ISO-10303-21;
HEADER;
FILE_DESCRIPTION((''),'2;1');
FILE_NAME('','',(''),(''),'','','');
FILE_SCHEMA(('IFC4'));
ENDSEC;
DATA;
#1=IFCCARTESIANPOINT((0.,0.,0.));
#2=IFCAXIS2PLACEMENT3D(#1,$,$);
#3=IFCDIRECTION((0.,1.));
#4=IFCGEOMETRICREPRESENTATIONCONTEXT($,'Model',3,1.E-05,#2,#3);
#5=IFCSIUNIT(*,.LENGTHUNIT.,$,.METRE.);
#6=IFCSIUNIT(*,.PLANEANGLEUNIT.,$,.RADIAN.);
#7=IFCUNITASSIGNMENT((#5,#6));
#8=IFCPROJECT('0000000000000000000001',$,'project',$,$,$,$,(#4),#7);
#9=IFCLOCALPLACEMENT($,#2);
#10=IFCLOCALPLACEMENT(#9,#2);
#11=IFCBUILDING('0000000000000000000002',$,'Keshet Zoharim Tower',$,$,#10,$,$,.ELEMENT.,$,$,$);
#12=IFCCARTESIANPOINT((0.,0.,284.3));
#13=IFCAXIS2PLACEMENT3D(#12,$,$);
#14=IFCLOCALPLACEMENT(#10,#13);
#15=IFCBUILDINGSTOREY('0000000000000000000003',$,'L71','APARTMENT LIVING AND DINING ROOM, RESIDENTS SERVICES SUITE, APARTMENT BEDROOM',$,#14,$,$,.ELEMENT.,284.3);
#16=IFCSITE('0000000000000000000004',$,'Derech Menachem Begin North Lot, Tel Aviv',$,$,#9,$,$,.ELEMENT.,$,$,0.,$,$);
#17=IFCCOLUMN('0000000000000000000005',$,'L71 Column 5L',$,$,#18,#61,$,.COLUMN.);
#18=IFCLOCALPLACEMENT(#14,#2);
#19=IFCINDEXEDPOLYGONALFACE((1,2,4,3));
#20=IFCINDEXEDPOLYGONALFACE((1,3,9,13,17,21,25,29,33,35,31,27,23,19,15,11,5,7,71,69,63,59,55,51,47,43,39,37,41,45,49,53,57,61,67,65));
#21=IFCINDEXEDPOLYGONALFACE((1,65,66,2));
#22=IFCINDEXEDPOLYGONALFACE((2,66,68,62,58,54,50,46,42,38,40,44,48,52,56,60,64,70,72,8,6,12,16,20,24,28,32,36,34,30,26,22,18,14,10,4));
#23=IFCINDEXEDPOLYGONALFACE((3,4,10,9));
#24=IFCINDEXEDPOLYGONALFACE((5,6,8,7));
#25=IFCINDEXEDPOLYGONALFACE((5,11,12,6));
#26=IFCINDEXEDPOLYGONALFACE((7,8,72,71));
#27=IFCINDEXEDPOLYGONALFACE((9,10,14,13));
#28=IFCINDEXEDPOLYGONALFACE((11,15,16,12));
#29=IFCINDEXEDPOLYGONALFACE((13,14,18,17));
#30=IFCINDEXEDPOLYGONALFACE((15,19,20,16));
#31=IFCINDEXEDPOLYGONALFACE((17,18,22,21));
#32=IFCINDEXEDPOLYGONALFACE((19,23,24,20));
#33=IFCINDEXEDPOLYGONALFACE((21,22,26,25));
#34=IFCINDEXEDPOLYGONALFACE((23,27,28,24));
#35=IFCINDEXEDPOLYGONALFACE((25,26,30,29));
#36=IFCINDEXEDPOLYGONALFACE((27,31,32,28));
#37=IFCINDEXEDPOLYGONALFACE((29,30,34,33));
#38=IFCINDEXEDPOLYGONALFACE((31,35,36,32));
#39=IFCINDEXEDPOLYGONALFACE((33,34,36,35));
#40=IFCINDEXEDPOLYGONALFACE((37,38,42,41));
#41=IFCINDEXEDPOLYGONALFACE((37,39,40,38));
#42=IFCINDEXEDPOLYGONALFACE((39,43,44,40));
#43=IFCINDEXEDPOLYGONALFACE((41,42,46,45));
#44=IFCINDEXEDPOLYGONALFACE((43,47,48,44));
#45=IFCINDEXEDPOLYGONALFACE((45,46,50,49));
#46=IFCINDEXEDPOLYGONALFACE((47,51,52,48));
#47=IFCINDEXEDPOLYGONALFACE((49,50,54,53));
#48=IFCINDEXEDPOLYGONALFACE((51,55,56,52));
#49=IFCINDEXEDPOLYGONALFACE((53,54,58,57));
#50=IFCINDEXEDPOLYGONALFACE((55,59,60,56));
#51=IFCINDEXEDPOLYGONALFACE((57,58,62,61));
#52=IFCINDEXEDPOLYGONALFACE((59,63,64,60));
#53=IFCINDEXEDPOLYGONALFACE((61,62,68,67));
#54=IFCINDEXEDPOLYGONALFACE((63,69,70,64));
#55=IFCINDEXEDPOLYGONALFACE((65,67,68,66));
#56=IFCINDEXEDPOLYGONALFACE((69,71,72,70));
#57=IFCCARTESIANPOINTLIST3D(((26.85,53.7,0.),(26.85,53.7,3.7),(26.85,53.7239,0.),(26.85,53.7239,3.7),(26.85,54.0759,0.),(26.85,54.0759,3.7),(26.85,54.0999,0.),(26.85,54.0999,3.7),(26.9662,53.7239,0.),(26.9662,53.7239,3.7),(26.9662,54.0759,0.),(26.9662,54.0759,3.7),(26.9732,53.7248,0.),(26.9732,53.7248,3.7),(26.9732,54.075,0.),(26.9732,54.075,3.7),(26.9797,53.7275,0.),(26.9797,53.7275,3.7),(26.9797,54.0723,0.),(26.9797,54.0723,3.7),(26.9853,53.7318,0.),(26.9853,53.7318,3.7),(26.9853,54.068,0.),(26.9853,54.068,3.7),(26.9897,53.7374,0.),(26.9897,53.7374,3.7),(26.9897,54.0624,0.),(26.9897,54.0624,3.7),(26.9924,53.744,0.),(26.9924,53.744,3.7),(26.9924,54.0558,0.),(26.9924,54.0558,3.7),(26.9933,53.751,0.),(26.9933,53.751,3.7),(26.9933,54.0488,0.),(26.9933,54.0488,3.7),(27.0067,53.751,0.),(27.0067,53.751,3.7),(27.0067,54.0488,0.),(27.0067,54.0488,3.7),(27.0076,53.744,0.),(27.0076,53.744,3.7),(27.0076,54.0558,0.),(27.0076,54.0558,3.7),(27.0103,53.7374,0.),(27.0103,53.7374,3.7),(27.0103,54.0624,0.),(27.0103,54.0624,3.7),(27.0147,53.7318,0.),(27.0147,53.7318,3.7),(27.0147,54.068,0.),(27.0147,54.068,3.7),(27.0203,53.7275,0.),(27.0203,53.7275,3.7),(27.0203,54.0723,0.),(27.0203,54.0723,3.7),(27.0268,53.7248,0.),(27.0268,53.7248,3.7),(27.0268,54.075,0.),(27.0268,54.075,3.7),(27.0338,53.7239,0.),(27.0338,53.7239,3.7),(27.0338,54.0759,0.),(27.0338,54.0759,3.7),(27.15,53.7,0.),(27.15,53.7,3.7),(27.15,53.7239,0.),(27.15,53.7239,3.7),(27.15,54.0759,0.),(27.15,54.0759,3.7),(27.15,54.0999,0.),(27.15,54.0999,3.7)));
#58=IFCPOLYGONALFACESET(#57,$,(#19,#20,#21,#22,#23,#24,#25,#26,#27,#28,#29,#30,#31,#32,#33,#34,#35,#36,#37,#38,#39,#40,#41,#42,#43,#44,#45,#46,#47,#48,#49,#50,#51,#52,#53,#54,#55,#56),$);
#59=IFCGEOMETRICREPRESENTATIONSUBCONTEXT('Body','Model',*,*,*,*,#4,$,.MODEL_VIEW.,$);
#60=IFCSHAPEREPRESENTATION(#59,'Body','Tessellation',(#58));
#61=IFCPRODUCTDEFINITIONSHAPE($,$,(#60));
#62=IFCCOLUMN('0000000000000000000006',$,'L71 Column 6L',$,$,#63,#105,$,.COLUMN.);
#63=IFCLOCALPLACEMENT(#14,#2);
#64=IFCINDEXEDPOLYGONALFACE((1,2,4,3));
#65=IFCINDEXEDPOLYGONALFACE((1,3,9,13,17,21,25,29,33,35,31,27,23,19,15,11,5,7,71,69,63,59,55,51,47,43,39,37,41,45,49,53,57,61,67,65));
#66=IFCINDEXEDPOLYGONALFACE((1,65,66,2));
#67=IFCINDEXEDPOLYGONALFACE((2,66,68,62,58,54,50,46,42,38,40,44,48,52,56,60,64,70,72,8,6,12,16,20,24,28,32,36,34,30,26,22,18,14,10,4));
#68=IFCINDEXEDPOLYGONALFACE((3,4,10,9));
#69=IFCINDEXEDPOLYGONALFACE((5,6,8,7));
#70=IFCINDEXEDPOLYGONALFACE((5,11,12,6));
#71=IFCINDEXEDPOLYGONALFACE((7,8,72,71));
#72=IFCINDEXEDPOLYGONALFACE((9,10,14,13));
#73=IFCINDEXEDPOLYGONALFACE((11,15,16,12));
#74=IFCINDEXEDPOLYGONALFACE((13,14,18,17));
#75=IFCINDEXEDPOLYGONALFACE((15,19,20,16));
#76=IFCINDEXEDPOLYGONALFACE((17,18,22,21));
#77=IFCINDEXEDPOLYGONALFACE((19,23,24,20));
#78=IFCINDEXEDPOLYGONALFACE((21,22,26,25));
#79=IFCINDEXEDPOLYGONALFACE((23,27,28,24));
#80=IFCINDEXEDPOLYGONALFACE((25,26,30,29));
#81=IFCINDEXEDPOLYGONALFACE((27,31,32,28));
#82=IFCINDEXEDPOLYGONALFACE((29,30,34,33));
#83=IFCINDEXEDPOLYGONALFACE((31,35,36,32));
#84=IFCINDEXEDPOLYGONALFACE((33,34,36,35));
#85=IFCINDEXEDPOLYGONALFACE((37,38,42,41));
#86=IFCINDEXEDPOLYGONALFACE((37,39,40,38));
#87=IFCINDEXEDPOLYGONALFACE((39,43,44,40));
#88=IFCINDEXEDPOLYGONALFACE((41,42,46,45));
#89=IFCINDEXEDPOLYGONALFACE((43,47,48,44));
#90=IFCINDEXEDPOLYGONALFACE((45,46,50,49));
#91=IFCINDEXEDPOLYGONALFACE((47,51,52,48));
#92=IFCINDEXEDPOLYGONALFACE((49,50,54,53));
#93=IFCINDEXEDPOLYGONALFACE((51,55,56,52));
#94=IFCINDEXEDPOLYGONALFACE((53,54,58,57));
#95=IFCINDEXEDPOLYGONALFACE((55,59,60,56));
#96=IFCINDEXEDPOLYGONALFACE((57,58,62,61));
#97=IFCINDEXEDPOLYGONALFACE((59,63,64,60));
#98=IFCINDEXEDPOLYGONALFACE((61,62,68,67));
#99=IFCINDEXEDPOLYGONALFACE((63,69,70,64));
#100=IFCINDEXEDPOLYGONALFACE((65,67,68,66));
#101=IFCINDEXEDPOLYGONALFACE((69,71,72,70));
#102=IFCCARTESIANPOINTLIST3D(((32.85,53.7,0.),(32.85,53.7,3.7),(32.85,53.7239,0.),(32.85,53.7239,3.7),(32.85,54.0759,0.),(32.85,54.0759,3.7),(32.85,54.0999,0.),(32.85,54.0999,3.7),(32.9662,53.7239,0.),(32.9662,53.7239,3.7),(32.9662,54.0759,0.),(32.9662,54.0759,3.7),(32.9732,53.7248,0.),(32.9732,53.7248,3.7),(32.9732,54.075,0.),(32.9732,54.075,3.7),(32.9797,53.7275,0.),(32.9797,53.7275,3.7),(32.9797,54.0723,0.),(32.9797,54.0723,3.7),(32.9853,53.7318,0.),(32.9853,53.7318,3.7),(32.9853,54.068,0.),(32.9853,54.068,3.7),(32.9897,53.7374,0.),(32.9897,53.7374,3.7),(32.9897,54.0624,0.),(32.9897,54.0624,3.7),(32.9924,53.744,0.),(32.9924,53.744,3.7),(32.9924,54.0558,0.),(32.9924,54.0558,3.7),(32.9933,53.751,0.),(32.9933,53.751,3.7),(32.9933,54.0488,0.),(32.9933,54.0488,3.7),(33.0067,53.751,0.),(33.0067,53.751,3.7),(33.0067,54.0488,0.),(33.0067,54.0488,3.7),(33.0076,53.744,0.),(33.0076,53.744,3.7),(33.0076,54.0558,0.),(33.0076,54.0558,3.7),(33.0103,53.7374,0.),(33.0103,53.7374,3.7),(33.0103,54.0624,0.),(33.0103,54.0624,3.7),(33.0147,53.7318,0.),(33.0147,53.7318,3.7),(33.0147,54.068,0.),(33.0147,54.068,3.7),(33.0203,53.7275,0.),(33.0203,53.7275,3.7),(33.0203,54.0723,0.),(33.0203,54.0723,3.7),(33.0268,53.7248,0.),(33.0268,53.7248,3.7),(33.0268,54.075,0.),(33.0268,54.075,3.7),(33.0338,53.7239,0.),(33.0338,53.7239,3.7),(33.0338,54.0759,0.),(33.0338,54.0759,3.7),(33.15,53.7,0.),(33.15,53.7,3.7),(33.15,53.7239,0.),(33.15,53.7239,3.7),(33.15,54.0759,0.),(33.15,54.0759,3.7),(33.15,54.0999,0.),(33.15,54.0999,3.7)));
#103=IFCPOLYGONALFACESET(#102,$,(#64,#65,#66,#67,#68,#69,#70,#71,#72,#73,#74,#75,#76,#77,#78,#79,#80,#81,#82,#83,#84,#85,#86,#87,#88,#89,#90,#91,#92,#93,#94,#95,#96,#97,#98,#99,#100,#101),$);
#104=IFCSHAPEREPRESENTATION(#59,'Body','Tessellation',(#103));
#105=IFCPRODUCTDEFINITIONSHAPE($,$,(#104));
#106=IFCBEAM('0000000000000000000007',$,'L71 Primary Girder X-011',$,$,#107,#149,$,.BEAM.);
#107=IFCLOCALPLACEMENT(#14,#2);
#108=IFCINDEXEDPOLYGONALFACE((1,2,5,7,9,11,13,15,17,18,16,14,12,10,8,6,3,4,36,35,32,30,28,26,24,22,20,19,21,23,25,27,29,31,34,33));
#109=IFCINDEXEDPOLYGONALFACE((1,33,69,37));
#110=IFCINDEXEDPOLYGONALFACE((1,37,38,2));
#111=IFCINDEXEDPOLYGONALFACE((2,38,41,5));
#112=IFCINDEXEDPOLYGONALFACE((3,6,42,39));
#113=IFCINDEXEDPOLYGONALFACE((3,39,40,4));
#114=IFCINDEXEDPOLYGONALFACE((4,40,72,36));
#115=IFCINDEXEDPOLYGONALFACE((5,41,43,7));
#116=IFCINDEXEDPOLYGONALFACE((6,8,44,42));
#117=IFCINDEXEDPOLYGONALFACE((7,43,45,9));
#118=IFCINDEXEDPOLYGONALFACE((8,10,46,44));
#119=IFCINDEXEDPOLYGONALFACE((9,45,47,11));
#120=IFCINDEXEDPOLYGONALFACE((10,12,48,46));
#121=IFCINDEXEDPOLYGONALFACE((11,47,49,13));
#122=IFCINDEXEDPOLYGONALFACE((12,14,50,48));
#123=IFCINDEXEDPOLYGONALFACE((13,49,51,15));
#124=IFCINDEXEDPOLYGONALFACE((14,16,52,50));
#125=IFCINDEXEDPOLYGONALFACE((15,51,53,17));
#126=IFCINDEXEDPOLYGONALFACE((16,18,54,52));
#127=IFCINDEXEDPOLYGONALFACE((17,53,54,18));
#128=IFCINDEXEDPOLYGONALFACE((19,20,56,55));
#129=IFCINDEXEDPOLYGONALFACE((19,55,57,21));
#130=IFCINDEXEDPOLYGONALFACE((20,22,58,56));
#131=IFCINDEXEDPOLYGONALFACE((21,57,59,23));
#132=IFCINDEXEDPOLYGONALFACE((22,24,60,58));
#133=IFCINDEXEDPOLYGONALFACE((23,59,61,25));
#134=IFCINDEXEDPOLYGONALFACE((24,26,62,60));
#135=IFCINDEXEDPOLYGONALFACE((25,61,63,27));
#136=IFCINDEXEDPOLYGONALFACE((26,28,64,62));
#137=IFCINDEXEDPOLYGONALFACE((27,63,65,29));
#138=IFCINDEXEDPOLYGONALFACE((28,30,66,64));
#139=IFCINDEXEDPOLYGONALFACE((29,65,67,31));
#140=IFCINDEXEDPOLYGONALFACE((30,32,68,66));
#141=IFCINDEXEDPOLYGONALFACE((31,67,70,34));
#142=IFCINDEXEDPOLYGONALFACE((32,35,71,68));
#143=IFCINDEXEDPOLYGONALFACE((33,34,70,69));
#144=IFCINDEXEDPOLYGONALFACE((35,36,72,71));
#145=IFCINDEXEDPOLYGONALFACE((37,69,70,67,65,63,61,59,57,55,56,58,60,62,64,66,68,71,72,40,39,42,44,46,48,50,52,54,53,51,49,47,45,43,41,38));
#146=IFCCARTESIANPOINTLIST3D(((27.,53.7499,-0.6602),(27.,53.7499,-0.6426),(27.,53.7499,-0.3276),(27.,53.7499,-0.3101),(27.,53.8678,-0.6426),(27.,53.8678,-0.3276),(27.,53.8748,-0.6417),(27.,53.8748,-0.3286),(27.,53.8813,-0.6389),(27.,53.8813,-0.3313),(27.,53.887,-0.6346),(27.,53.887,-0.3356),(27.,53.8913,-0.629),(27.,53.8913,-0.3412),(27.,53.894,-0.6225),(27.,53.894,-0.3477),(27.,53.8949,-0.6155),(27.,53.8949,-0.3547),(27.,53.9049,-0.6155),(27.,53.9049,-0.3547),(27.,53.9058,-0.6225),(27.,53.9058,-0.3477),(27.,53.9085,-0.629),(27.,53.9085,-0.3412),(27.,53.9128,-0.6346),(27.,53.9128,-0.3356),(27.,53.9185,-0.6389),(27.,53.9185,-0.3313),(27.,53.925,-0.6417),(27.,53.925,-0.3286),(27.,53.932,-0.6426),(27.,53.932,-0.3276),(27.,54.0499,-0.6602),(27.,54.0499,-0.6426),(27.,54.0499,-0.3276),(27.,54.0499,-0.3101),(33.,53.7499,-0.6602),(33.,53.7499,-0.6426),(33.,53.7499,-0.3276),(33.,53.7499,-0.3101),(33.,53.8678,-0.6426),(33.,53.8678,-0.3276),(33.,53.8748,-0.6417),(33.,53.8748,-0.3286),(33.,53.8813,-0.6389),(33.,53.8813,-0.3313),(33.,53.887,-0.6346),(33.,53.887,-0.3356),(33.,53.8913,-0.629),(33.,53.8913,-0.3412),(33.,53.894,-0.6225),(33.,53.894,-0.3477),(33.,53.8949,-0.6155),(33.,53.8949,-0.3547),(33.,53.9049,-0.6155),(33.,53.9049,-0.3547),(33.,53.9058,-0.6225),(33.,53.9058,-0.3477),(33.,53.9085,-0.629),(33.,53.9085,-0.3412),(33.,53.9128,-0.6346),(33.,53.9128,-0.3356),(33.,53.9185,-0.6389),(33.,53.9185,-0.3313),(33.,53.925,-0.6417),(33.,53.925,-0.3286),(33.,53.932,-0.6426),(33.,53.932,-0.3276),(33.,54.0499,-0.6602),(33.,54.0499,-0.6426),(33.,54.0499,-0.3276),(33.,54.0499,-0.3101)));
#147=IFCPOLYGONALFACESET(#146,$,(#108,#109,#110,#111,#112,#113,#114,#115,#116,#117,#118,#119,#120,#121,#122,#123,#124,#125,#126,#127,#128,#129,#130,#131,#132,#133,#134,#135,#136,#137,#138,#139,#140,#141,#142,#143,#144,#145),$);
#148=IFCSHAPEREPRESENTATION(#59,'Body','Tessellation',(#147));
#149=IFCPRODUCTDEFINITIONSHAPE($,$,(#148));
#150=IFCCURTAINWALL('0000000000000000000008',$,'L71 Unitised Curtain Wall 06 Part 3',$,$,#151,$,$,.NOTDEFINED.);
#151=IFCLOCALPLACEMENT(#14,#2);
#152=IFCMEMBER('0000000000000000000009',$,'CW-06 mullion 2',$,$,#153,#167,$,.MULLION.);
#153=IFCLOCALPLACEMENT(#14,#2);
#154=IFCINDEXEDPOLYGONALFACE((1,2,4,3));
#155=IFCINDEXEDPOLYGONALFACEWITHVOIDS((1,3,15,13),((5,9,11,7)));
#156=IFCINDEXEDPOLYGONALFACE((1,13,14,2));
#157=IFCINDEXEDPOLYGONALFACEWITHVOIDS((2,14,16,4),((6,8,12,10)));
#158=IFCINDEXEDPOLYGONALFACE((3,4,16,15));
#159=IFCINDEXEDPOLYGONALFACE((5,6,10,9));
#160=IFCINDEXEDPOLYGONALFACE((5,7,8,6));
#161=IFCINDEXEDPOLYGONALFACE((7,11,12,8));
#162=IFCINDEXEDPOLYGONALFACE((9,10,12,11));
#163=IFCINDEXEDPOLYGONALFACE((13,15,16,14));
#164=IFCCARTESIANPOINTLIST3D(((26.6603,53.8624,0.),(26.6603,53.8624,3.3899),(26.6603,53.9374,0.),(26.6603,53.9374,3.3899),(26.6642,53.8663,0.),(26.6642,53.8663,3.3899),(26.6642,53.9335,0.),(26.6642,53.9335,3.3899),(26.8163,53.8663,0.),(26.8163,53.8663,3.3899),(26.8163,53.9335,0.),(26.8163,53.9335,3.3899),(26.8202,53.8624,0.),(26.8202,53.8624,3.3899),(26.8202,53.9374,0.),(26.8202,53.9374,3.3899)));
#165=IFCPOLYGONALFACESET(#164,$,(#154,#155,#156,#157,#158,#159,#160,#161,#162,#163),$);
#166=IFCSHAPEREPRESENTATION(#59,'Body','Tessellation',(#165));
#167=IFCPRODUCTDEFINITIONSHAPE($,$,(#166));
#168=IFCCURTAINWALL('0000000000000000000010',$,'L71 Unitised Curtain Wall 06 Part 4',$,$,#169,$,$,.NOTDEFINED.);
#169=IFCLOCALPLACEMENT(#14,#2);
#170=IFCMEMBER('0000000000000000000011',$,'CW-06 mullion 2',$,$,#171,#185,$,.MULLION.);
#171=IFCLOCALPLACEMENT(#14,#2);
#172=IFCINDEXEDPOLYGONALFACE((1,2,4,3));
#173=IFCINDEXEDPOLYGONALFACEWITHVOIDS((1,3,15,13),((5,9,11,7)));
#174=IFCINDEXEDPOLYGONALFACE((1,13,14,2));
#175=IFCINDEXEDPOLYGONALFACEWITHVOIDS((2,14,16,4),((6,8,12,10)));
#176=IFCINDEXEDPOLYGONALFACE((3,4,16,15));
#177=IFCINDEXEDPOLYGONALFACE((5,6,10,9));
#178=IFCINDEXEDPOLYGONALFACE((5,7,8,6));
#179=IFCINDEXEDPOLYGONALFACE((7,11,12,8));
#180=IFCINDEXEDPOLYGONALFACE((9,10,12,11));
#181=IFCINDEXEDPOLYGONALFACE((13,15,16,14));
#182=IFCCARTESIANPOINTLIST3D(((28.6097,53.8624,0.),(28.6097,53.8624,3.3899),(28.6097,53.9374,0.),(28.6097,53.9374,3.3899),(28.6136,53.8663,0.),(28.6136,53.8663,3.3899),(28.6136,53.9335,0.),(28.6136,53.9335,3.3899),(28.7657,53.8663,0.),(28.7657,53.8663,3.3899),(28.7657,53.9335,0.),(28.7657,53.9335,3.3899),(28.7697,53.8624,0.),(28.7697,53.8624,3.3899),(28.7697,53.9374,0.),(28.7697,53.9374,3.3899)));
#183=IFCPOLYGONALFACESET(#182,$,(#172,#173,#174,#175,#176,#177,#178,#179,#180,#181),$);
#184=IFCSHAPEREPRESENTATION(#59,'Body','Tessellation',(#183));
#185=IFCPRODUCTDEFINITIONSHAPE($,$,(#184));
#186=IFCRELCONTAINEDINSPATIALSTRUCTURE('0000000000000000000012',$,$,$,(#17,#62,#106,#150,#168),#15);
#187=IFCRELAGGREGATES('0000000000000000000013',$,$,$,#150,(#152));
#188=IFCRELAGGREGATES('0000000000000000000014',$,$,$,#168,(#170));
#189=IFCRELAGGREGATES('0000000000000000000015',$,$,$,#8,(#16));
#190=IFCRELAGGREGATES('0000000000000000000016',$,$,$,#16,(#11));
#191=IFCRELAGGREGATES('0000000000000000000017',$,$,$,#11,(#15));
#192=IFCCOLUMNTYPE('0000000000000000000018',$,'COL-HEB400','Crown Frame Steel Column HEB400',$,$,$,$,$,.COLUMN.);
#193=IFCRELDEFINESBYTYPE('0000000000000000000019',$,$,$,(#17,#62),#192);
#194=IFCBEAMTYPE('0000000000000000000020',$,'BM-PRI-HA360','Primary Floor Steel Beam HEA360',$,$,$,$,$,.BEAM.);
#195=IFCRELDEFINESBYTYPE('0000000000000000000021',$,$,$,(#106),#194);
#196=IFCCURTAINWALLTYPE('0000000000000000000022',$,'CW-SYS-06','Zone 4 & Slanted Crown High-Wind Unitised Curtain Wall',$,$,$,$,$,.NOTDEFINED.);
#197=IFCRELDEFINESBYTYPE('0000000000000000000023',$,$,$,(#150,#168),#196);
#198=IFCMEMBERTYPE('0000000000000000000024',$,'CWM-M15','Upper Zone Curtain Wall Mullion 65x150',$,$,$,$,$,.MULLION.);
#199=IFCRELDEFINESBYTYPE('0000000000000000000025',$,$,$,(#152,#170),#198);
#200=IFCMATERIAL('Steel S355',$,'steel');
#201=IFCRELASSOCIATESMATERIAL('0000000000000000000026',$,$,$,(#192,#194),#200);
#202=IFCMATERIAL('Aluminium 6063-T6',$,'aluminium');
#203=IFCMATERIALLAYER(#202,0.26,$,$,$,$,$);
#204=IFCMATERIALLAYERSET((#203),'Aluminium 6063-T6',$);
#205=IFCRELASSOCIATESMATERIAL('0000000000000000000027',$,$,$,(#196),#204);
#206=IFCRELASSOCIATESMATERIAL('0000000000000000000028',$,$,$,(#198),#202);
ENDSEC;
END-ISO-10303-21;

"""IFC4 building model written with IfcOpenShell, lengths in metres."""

from ifc_helpers import new_model, si_unit, direction, frame, origin, origin_2d, place, context, subcontext, project, spatial, hollow_rectangle, i_section, extrude, material, layer, layer_set, material_profile, profile_set, type_object, element, aggregate, save


model = new_model("IFC4")

# Units and contexts
model_context = context("Model", 3, precision=1e-05, world=origin(), true_north=direction((0.0, 1.0)))
body_context = subcontext(model_context, "Body", "Model", "MODEL_VIEW")
ifc_project = project(units=[si_unit("LENGTHUNIT", "METRE"), si_unit("PLANEANGLEUNIT", "RADIAN")], contexts=[model_context])

# Site, building, storey
site_placement = place(None, origin())
site = spatial("IfcSite", under=ifc_project, at=site_placement, Name="Derech Menachem Begin North Lot, Tel Aviv", CompositionType="ELEMENT", RefElevation=0.0)
building_placement = place(site_placement, origin())
building = spatial("IfcBuilding", under=site, at=building_placement, Name="Keshet Zoharim Tower", CompositionType="ELEMENT")
storey_placement = place(building_placement, frame((0.0, 0.0, 284.3)))
storey = spatial("IfcBuildingStorey", under=building, at=storey_placement, Name="L71", Description="APARTMENT LIVING AND DINING ROOM, RESIDENTS SERVICES SUITE, APARTMENT BEDROOM", CompositionType="ELEMENT", Elevation=284.3)

# Columns
ifc_material_1 = material(Name="Steel S355", Category="steel")
ifc_material_profile_1 = material_profile(ifc_material_1, i_section(OverallWidth=0.3, OverallDepth=0.3999, WebThickness=0.0134, FlangeThickness=0.0239, FilletRadius=0.0271, at=origin_2d()), Name="HEB400")
ifc_profile_set_1 = profile_set([ifc_material_profile_1], Name="Steel S355")
column_type = type_object("IfcColumnType", Name="COL-HEB400", Description="Crown Frame Steel Column HEB400", PredefinedType="COLUMN", material=ifc_profile_set_1)
for number, where, z_axis, x_axis, name in (
    (1, (27.0, 53.8999, 0.0), (0.0, 0.0, 1.0), (1.0, 0.0, 0.0), "L71 Column 5L"),
    (2, (33.0, 53.8999, 0.0), (0.0, 0.0, 1.0), (1.0, 0.0, 0.0), "L71 Column 6L"),
):
    element("IfcColumn", number, at=place(storey_placement, frame(where, z_axis=z_axis, x_axis=x_axis)), inside=storey, type_object=column_type, Name=name, PredefinedType="COLUMN", context=body_context, shape_type="SweptSolid", body=[
        extrude(i_section(OverallWidth=0.3, OverallDepth=0.3999, WebThickness=0.0134, FlangeThickness=0.0239, FilletRadius=0.0271, at=origin_2d()), origin(), (0.0, 0.0, 1.0), 3.7),
    ])

# Beam
ifc_material_profile_2 = material_profile(ifc_material_1, i_section(OverallWidth=0.3, OverallDepth=0.3501, WebThickness=0.01, FlangeThickness=0.0176, FilletRadius=0.0271, at=origin_2d()), Name="HEA360")
ifc_profile_set_2 = profile_set([ifc_material_profile_2], Name="Steel S355")
beam_type = type_object("IfcBeamType", Name="BM-PRI-HA360", Description="Primary Floor Steel Beam HEA360", PredefinedType="BEAM", material=ifc_profile_set_2)
beam_placement = place(storey_placement, frame((27.0, 53.8999, -0.4851), z_axis=(1.0, 0.0, 0.0), x_axis=(0.0, 1.0, 0.0)))
element("IfcBeam", 3, at=beam_placement, inside=storey, type_object=beam_type, Name="L71 Primary Girder X-011", PredefinedType="BEAM", context=body_context, shape_type="SweptSolid", body=[
    extrude(i_section(OverallWidth=0.3, OverallDepth=0.3501, WebThickness=0.01, FlangeThickness=0.0176, FilletRadius=0.0271, at=origin_2d()), origin(), (0.0, 0.0, 1.0), 6.0),
])

# Curtain wall, member
ifc_material_2 = material(Name="Aluminium 6063-T6", Category="aluminium")
ifc_layer_1 = layer(ifc_material_2, 0.26)
ifc_layer_set_1 = layer_set([ifc_layer_1], Name="Aluminium 6063-T6")
curtain_wall_type = type_object("IfcCurtainWallType", Name="CW-SYS-06", Description="Zone 4 & Slanted Crown High-Wind Unitised Curtain Wall", PredefinedType="NOTDEFINED", material=ifc_layer_set_1)
curtain_wall_1_placement = place(storey_placement, origin())
curtain_wall_1 = element("IfcCurtainWall", 4, at=curtain_wall_1_placement, inside=storey, type_object=curtain_wall_type, Name="L71 Unitised Curtain Wall 06 Part 3", PredefinedType="NOTDEFINED")
ifc_material_profile_3 = material_profile(ifc_material_2, hollow_rectangle(XDim=0.075, YDim=0.1599, WallThickness=0.0039, at=origin_2d()), Name="MUL-75x160")
ifc_profile_set_3 = profile_set([ifc_material_profile_3], Name="Aluminium 6063-T6")
member_type_1 = type_object("IfcMemberType", Name="CWM-M15", Description="Upper Zone Curtain Wall Mullion 65x150", PredefinedType="MULLION", material=ifc_profile_set_3)
member_1_placement = place(storey_placement, frame((26.7402, 53.8999, 0.0), z_axis=(0.0, 0.0, 1.0), x_axis=(0.0, 1.0, 0.0)))
member_1 = element("IfcMember", 5, at=member_1_placement, type_object=member_type_1, Name="CW-06 mullion 2", PredefinedType="MULLION", context=body_context, shape_type="SweptSolid", body=[
    extrude(hollow_rectangle(XDim=0.075, YDim=0.1599, WallThickness=0.0039, at=origin_2d()), origin(), (0.0, 0.0, 1.0), 3.3899),
])

# Curtain wall, member
curtain_wall_2_placement = place(storey_placement, origin())
curtain_wall_2 = element("IfcCurtainWall", 6, at=curtain_wall_2_placement, inside=storey, type_object=curtain_wall_type, Name="L71 Unitised Curtain Wall 06 Part 4", PredefinedType="NOTDEFINED")
member_2_placement = place(storey_placement, frame((28.6897, 53.8999, 0.0), z_axis=(0.0, 0.0, 1.0), x_axis=(0.0, 1.0, 0.0)))
member_2 = element("IfcMember", 7, at=member_2_placement, type_object=member_type_1, Name="CW-06 mullion 2", PredefinedType="MULLION", context=body_context, shape_type="SweptSolid", body=[
    extrude(hollow_rectangle(XDim=0.075, YDim=0.1599, WallThickness=0.0039, at=origin_2d()), origin(), (0.0, 0.0, 1.0), 3.3899),
])

aggregate(curtain_wall_1, [member_1])
aggregate(curtain_wall_2, [member_2])

save(model, "model.ifc")
